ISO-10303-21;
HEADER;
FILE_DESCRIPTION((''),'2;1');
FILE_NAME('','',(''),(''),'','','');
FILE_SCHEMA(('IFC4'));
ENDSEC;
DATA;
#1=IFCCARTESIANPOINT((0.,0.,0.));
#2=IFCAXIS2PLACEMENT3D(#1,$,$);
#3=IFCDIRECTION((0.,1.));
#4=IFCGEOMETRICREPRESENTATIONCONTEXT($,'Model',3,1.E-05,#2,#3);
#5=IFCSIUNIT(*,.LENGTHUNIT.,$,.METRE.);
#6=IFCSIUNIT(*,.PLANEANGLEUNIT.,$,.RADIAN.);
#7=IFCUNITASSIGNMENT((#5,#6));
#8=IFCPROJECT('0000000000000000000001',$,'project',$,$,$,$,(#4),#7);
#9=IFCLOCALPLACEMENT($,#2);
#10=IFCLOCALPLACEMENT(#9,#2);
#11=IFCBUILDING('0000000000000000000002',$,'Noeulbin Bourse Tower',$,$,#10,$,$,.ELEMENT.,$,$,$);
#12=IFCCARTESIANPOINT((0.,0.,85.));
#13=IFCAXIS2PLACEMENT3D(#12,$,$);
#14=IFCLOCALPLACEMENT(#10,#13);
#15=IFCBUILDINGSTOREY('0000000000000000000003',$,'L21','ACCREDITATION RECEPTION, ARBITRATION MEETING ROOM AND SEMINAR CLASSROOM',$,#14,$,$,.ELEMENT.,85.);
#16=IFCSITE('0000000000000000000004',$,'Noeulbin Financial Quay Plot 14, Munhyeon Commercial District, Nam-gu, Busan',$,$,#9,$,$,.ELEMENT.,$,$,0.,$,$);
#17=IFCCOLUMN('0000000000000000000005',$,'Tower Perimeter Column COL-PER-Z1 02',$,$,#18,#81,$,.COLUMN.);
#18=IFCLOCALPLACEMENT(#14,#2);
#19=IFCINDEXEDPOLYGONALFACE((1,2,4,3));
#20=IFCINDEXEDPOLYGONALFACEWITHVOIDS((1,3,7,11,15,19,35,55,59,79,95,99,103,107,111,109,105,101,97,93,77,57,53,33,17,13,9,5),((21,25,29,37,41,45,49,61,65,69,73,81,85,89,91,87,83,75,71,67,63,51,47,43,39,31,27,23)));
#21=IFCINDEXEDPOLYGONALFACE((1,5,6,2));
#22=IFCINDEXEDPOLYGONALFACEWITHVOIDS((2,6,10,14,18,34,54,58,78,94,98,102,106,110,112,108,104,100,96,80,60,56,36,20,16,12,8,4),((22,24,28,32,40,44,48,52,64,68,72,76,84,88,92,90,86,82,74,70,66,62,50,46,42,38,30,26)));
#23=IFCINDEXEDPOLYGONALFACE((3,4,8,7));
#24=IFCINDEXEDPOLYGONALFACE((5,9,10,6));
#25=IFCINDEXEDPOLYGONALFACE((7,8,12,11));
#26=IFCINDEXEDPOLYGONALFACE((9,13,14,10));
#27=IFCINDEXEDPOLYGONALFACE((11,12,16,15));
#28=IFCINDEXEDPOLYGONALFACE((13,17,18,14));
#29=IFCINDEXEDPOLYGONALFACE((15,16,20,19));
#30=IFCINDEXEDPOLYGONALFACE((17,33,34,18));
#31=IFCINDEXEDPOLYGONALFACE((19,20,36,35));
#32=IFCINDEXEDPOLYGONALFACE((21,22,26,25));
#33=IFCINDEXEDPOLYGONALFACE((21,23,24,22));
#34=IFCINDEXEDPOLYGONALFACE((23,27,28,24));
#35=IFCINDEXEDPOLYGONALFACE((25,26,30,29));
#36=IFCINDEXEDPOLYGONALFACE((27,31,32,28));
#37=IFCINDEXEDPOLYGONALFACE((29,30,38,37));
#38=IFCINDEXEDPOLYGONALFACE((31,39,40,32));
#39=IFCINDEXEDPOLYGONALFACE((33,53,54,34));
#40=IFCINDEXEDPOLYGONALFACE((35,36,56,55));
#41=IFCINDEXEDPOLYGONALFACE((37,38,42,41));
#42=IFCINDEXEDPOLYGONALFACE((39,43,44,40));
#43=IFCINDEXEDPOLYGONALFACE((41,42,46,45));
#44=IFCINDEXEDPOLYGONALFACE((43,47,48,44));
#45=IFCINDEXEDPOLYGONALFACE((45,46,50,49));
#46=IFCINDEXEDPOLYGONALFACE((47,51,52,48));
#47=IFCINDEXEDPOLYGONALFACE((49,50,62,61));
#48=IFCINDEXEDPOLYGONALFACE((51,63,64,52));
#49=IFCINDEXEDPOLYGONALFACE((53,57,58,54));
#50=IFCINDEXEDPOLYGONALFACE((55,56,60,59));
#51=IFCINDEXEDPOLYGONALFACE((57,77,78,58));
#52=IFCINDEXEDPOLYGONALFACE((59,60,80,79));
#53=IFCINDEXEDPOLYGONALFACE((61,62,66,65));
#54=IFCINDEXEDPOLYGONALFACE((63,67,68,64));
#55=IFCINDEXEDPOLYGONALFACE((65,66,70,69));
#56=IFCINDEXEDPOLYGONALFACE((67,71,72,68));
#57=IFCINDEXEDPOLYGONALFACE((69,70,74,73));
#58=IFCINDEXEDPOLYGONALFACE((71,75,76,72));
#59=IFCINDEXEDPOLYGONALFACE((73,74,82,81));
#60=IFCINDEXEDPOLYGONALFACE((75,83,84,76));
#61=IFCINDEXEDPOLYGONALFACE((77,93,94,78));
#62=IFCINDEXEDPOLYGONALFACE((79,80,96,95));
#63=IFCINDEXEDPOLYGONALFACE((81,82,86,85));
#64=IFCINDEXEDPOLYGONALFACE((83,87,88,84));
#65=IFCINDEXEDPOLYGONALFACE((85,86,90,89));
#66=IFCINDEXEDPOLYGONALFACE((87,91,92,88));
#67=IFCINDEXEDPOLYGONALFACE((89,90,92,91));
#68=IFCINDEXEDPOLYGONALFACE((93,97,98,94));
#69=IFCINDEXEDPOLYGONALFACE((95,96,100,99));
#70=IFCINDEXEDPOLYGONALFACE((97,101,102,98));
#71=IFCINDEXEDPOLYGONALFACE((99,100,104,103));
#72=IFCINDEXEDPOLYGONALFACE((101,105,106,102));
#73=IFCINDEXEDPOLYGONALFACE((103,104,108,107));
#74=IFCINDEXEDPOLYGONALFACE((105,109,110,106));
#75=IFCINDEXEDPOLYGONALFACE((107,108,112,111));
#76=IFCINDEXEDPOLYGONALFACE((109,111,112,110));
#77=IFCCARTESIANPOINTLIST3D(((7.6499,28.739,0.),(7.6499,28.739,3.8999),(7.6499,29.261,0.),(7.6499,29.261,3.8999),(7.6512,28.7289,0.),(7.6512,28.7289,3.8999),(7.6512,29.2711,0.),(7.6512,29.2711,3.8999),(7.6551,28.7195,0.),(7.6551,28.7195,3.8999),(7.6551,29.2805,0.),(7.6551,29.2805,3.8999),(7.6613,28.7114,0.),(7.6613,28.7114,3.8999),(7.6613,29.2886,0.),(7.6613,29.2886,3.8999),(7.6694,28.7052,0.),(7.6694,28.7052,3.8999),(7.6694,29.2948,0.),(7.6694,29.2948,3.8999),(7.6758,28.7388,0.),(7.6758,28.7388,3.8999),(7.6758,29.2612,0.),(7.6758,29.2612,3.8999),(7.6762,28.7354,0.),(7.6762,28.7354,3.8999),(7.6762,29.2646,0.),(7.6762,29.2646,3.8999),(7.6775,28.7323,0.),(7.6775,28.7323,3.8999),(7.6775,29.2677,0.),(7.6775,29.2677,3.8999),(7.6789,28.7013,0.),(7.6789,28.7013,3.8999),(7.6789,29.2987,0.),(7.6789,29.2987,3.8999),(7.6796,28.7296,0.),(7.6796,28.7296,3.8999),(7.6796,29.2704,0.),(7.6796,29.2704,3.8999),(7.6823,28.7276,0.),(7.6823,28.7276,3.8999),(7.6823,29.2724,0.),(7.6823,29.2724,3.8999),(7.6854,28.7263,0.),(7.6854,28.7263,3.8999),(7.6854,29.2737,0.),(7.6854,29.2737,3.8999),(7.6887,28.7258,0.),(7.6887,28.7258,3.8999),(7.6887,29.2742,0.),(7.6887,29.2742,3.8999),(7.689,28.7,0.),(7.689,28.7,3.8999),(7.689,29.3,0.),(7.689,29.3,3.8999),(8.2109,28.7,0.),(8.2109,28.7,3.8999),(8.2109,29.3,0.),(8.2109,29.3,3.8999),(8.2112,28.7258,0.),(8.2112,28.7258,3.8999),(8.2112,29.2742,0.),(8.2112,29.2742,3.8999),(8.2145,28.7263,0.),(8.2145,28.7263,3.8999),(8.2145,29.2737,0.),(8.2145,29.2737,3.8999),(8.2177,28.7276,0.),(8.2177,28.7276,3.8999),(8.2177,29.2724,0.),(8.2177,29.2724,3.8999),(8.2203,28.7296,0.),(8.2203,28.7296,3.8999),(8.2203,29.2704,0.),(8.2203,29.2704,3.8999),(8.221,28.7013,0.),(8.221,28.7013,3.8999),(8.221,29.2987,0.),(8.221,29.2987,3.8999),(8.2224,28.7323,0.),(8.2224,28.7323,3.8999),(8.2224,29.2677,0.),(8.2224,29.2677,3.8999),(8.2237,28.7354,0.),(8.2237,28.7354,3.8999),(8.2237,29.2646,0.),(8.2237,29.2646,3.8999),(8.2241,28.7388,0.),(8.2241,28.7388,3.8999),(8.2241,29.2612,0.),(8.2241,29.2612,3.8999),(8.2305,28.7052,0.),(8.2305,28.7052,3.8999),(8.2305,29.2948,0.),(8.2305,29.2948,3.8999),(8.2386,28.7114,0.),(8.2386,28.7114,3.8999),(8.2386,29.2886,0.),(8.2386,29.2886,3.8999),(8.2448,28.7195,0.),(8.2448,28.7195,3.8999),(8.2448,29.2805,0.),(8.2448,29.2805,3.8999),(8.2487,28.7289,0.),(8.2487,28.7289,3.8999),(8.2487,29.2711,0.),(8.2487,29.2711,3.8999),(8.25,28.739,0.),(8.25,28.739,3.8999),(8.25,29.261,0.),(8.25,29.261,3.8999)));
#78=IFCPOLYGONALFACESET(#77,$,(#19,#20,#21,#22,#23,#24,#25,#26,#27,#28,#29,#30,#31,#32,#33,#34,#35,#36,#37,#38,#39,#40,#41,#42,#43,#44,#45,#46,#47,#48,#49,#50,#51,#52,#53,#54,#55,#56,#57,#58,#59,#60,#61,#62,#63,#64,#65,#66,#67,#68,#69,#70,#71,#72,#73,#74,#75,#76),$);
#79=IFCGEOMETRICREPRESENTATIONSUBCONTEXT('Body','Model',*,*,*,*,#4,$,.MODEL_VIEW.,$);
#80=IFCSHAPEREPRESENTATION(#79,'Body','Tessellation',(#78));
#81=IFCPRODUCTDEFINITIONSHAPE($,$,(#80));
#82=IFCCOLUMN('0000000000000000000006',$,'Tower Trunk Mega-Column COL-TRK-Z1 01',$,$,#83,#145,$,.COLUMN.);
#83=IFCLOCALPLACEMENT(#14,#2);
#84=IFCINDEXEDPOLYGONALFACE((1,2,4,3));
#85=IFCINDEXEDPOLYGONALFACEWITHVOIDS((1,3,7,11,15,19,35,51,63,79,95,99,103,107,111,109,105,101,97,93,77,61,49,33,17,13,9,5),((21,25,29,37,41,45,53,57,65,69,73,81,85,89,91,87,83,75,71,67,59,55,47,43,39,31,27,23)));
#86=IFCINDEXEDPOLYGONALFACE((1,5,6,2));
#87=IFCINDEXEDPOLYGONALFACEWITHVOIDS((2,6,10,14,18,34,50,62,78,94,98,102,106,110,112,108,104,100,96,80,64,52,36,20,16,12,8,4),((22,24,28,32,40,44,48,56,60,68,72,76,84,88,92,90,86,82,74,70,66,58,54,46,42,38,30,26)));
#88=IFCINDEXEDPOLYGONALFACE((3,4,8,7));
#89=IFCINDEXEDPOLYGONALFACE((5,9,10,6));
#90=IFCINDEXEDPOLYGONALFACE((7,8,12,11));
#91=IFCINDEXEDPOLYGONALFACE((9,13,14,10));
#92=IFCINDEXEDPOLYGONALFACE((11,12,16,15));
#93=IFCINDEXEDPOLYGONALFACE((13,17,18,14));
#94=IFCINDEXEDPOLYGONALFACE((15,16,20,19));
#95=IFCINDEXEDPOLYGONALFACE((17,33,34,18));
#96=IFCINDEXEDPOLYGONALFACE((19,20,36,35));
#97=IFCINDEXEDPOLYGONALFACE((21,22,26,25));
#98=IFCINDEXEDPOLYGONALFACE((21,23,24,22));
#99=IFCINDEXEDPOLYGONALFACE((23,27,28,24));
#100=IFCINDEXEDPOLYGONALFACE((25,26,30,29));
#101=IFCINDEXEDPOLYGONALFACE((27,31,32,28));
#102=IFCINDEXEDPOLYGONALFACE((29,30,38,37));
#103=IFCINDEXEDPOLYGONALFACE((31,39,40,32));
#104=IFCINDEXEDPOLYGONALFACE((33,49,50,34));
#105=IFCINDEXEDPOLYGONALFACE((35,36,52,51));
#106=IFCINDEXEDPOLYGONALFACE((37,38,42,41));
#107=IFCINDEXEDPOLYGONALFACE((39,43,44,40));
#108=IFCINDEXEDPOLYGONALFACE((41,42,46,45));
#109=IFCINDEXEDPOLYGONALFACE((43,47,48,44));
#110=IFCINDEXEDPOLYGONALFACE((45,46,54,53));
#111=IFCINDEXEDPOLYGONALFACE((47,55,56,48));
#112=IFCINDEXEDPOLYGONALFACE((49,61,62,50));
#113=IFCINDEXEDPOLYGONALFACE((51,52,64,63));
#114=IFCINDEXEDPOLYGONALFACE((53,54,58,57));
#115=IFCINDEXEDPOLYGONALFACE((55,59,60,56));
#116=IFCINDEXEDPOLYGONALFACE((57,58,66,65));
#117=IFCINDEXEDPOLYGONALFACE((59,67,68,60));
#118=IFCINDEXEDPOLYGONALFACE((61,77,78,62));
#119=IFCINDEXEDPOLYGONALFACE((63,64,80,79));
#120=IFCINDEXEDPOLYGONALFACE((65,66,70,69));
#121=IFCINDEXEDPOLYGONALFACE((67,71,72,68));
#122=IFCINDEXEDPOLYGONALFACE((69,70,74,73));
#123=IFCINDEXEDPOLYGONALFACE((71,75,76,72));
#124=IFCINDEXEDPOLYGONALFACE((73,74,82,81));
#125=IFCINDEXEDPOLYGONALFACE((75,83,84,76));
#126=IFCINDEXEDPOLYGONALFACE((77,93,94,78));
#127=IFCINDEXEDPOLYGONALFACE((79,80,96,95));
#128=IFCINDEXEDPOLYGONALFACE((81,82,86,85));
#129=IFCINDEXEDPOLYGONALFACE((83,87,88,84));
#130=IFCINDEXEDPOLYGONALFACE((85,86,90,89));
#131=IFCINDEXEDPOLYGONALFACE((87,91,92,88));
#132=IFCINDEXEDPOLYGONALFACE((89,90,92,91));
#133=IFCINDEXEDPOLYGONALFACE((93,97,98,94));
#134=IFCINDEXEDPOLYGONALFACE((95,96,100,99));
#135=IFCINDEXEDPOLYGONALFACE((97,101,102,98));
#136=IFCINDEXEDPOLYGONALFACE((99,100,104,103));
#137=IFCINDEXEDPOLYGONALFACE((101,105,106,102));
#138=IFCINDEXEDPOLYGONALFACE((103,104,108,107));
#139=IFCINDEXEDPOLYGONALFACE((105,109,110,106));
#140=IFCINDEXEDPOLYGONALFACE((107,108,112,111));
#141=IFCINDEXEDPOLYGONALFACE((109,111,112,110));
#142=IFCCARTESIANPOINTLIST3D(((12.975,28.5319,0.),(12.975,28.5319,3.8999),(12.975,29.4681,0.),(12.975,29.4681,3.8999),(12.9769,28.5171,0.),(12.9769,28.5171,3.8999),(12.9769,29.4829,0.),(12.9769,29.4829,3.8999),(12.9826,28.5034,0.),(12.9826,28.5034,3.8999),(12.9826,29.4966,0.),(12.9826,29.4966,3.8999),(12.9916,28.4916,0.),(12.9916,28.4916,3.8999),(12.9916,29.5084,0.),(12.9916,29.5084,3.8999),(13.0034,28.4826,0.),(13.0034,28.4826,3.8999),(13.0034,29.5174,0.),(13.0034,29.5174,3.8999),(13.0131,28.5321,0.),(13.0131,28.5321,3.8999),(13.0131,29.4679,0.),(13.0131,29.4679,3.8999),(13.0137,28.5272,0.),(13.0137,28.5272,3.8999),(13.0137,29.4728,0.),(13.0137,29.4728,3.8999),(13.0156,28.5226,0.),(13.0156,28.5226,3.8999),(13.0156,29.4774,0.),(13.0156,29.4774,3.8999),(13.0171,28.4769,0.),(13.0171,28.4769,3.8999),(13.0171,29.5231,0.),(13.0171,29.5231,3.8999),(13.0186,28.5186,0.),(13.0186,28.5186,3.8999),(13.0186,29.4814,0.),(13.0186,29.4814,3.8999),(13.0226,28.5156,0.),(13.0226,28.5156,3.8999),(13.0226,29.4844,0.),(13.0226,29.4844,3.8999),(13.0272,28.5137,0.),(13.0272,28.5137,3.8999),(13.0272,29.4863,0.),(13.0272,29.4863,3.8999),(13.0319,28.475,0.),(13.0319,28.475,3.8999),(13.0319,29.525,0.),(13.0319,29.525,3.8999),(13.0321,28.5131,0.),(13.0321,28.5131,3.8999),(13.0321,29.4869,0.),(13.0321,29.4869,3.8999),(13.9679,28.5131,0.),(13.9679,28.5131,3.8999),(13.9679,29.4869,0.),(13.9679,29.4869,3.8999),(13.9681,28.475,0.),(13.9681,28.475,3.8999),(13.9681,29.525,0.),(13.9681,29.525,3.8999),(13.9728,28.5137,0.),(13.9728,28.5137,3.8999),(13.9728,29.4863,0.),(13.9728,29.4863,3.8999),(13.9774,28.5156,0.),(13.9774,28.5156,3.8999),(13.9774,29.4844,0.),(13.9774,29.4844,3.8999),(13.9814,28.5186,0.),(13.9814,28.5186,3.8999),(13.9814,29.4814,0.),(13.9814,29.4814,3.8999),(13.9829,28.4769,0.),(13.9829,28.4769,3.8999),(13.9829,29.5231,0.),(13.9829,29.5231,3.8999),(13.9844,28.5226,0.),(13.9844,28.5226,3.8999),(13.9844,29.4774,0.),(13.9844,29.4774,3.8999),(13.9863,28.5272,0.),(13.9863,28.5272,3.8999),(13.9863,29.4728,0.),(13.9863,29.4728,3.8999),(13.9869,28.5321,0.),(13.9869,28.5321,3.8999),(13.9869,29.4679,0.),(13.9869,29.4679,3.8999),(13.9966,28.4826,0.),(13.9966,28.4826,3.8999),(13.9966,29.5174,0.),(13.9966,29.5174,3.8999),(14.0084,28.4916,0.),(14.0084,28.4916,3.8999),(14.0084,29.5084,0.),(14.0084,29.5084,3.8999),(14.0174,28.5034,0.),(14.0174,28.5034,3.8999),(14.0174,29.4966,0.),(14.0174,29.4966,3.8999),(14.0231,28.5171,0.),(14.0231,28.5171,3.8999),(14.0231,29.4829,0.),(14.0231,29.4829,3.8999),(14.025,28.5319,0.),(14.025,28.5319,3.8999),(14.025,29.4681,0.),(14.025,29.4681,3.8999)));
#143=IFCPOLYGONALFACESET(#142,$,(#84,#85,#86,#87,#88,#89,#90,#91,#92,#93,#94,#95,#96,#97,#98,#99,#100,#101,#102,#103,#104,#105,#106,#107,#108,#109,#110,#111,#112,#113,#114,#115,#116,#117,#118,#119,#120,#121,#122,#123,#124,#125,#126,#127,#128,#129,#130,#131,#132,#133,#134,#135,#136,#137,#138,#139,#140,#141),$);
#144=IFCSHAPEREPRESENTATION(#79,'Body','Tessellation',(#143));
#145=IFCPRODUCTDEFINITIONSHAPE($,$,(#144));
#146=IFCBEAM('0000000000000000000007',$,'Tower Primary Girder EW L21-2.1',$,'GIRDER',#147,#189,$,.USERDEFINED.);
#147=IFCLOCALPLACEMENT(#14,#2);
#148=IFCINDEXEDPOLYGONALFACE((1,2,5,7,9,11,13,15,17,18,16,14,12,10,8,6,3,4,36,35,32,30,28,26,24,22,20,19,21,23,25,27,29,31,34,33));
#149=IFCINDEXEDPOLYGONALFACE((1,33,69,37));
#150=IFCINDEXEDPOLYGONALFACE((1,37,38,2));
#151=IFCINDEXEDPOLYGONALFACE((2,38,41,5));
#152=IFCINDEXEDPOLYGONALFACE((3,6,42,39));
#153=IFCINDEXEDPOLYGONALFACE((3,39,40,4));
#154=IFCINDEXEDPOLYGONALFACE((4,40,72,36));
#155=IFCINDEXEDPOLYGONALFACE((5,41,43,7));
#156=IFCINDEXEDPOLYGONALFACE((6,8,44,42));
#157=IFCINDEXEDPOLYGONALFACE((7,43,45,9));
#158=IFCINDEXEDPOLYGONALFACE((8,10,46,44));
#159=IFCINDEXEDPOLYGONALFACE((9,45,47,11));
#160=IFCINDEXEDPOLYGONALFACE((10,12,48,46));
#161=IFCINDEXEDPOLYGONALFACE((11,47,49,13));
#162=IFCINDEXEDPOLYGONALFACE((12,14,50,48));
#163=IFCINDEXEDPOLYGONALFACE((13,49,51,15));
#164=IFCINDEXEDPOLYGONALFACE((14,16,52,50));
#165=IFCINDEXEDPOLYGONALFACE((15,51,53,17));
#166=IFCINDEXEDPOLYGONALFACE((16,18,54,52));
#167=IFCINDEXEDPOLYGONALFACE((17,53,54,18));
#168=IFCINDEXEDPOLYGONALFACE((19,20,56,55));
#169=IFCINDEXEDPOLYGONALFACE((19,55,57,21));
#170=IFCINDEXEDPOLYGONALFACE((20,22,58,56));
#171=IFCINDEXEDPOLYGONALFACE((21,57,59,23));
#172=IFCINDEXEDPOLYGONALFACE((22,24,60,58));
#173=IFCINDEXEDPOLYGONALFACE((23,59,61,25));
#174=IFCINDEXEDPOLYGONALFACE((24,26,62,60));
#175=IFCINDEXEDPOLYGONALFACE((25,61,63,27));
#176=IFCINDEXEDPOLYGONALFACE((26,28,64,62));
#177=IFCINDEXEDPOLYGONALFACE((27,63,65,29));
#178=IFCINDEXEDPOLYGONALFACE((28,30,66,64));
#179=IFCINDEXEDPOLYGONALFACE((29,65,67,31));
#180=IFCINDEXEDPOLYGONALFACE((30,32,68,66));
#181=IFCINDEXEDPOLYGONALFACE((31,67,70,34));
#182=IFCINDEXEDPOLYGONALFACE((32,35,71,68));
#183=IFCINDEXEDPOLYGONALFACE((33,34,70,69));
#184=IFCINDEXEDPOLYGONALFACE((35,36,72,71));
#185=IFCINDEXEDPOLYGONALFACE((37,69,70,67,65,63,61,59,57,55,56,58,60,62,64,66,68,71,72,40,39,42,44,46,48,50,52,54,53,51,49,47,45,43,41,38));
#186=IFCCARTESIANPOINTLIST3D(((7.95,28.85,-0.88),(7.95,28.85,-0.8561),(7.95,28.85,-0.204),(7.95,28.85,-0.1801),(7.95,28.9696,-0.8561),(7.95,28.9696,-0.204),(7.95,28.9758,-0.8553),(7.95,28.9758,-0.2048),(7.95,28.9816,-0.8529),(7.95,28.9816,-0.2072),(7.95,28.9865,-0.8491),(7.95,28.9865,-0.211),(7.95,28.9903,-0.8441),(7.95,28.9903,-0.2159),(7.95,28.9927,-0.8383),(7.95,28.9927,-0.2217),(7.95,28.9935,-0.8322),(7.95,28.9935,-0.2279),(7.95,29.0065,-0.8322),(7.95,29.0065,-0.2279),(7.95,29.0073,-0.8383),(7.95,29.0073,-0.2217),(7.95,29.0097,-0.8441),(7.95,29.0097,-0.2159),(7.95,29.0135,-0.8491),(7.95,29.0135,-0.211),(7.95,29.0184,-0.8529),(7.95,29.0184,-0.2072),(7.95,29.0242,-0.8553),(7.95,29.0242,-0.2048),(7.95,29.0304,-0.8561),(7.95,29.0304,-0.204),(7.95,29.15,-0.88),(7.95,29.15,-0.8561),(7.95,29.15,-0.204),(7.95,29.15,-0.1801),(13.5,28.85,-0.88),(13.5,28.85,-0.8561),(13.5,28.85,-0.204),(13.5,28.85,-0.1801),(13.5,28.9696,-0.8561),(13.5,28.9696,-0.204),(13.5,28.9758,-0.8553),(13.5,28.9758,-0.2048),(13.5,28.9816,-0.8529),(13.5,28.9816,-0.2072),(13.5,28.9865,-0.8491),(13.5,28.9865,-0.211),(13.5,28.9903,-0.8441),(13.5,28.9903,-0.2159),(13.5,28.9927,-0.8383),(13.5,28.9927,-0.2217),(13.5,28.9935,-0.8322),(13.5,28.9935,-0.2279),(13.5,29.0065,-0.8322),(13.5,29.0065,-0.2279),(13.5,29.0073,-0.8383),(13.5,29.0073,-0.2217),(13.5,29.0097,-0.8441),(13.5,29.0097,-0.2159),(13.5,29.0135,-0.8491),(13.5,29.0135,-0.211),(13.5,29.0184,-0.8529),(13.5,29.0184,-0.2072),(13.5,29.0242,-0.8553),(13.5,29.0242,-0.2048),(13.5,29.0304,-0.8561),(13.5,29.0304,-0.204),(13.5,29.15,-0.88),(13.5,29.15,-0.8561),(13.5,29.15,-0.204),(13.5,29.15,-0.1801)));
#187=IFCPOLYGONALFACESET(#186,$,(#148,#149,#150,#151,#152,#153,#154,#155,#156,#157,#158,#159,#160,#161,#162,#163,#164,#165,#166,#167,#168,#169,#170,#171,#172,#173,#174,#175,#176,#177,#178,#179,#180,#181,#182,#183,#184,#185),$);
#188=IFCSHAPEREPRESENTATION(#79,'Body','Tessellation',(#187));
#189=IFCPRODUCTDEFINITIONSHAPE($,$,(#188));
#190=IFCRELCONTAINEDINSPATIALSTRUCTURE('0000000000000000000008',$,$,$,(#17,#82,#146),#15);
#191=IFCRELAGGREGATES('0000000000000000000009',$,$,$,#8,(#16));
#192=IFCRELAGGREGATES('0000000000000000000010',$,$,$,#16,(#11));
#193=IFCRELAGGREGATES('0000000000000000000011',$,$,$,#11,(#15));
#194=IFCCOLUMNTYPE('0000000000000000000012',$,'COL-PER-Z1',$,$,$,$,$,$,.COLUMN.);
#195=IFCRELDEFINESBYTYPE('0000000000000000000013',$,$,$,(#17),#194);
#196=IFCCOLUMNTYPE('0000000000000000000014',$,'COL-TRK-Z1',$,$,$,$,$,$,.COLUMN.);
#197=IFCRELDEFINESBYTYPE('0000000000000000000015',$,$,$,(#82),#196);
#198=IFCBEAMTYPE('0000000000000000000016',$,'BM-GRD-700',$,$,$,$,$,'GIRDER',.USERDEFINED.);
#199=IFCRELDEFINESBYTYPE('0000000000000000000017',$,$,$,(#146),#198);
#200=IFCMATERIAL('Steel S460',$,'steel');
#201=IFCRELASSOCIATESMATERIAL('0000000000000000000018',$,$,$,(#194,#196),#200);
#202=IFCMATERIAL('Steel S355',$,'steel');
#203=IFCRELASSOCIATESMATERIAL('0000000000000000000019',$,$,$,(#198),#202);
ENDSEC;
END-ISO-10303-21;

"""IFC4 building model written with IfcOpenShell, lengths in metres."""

from ifc_helpers import new_model, si_unit, direction, frame, origin, origin_2d, place, context, subcontext, project, spatial, hollow_rectangle, i_section, extrude, material, material_profile, profile_set, type_object, element, save


model = new_model("IFC4")

# Units and contexts
model_context = context("Model", 3, precision=1e-05, world=origin(), true_north=direction((0.0, 1.0)))
body_context = subcontext(model_context, "Body", "Model", "MODEL_VIEW")
ifc_project = project(units=[si_unit("LENGTHUNIT", "METRE"), si_unit("PLANEANGLEUNIT", "RADIAN")], contexts=[model_context])

# Site, building, storey
site_placement = place(None, origin())
site = spatial("IfcSite", under=ifc_project, at=site_placement, Name="Noeulbin Financial Quay Plot 14, Munhyeon Commercial District, Nam-gu, Busan", CompositionType="ELEMENT", RefElevation=0.0)
building_placement = place(site_placement, origin())
building = spatial("IfcBuilding", under=site, at=building_placement, Name="Noeulbin Bourse Tower", CompositionType="ELEMENT")
storey_placement = place(building_placement, frame((0.0, 0.0, 85.0)))
storey = spatial("IfcBuildingStorey", under=building, at=storey_placement, Name="L21", Description="ACCREDITATION RECEPTION, ARBITRATION MEETING ROOM AND SEMINAR CLASSROOM", CompositionType="ELEMENT", Elevation=85.0)

# Columns
ifc_material_1 = material(Name="Steel S460", Category="steel")
ifc_material_profile_1 = material_profile(ifc_material_1, hollow_rectangle(XDim=0.6001, YDim=0.6001, WallThickness=0.0259, InnerFilletRadius=0.0129, OuterFilletRadius=0.0391, at=origin_2d()), Name="BOX-600x600x26", Category="LoadBearing")
ifc_profile_set_1 = profile_set([ifc_material_profile_1], Name="Steel S460")
column_type_1 = type_object("IfcColumnType", Name="COL-PER-Z1", PredefinedType="COLUMN", material=ifc_profile_set_1)
column_1_placement = place(storey_placement, frame((7.95, 29.0, 0.0), z_axis=(0.0, 0.0, 1.0), x_axis=(1.0, 0.0, 0.0)))
element("IfcColumn", 1, at=column_1_placement, inside=storey, type_object=column_type_1, Name="Tower Perimeter Column COL-PER-Z1 02", PredefinedType="COLUMN", context=body_context, shape_type="SweptSolid", body=[
    extrude(hollow_rectangle(XDim=0.6001, YDim=0.6001, WallThickness=0.0259, InnerFilletRadius=0.0129, OuterFilletRadius=0.0391, at=origin_2d()), origin(), (0.0, 0.0, 1.0), 3.8999),
])
ifc_material_profile_2 = material_profile(ifc_material_1, hollow_rectangle(XDim=1.05, YDim=1.05, WallThickness=0.0381, InnerFilletRadius=0.019, OuterFilletRadius=0.0569, at=origin_2d()), Name="BOX-1050x1050x38", Category="LoadBearing")
ifc_profile_set_2 = profile_set([ifc_material_profile_2], Name="Steel S460")
column_type_2 = type_object("IfcColumnType", Name="COL-TRK-Z1", PredefinedType="COLUMN", material=ifc_profile_set_2)
column_2_placement = place(storey_placement, frame((13.5, 29.0, 0.0), z_axis=(0.0, 0.0, 1.0), x_axis=(1.0, 0.0, 0.0)))
element("IfcColumn", 2, at=column_2_placement, inside=storey, type_object=column_type_2, Name="Tower Trunk Mega-Column COL-TRK-Z1 01", PredefinedType="COLUMN", context=body_context, shape_type="SweptSolid", body=[
    extrude(hollow_rectangle(XDim=1.05, YDim=1.05, WallThickness=0.0381, InnerFilletRadius=0.019, OuterFilletRadius=0.0569, at=origin_2d()), origin(), (0.0, 0.0, 1.0), 3.8999),
])

# Beam
ifc_material_2 = material(Name="Steel S355", Category="steel")
ifc_material_profile_3 = material_profile(ifc_material_2, i_section(OverallWidth=0.3, OverallDepth=0.7, WebThickness=0.0129, FlangeThickness=0.0239, FilletRadius=0.0239, at=origin_2d()), Name="H-700x300x13x24", Category="LoadBearing")
ifc_profile_set_3 = profile_set([ifc_material_profile_3], Name="Steel S355")
beam_type_1 = type_object("IfcBeamType", Name="BM-GRD-700", ElementType="GIRDER", PredefinedType="USERDEFINED", material=ifc_profile_set_3)
beam_1_placement = place(storey_placement, frame((7.95, 29.0, -0.53), z_axis=(1.0, 0.0, 0.0), x_axis=(0.0, 1.0, 0.0)))
element("IfcBeam", 3, at=beam_1_placement, inside=storey, type_object=beam_type_1, Name="Tower Primary Girder EW L21-2.1", ObjectType="GIRDER", PredefinedType="USERDEFINED", context=body_context, shape_type="SweptSolid", body=[
    extrude(i_section(OverallWidth=0.3, OverallDepth=0.7, WebThickness=0.0129, FlangeThickness=0.0239, FilletRadius=0.0239, at=origin_2d()), origin(), (0.0, 0.0, 1.0), 5.55),
])

save(model, "model.ifc")
